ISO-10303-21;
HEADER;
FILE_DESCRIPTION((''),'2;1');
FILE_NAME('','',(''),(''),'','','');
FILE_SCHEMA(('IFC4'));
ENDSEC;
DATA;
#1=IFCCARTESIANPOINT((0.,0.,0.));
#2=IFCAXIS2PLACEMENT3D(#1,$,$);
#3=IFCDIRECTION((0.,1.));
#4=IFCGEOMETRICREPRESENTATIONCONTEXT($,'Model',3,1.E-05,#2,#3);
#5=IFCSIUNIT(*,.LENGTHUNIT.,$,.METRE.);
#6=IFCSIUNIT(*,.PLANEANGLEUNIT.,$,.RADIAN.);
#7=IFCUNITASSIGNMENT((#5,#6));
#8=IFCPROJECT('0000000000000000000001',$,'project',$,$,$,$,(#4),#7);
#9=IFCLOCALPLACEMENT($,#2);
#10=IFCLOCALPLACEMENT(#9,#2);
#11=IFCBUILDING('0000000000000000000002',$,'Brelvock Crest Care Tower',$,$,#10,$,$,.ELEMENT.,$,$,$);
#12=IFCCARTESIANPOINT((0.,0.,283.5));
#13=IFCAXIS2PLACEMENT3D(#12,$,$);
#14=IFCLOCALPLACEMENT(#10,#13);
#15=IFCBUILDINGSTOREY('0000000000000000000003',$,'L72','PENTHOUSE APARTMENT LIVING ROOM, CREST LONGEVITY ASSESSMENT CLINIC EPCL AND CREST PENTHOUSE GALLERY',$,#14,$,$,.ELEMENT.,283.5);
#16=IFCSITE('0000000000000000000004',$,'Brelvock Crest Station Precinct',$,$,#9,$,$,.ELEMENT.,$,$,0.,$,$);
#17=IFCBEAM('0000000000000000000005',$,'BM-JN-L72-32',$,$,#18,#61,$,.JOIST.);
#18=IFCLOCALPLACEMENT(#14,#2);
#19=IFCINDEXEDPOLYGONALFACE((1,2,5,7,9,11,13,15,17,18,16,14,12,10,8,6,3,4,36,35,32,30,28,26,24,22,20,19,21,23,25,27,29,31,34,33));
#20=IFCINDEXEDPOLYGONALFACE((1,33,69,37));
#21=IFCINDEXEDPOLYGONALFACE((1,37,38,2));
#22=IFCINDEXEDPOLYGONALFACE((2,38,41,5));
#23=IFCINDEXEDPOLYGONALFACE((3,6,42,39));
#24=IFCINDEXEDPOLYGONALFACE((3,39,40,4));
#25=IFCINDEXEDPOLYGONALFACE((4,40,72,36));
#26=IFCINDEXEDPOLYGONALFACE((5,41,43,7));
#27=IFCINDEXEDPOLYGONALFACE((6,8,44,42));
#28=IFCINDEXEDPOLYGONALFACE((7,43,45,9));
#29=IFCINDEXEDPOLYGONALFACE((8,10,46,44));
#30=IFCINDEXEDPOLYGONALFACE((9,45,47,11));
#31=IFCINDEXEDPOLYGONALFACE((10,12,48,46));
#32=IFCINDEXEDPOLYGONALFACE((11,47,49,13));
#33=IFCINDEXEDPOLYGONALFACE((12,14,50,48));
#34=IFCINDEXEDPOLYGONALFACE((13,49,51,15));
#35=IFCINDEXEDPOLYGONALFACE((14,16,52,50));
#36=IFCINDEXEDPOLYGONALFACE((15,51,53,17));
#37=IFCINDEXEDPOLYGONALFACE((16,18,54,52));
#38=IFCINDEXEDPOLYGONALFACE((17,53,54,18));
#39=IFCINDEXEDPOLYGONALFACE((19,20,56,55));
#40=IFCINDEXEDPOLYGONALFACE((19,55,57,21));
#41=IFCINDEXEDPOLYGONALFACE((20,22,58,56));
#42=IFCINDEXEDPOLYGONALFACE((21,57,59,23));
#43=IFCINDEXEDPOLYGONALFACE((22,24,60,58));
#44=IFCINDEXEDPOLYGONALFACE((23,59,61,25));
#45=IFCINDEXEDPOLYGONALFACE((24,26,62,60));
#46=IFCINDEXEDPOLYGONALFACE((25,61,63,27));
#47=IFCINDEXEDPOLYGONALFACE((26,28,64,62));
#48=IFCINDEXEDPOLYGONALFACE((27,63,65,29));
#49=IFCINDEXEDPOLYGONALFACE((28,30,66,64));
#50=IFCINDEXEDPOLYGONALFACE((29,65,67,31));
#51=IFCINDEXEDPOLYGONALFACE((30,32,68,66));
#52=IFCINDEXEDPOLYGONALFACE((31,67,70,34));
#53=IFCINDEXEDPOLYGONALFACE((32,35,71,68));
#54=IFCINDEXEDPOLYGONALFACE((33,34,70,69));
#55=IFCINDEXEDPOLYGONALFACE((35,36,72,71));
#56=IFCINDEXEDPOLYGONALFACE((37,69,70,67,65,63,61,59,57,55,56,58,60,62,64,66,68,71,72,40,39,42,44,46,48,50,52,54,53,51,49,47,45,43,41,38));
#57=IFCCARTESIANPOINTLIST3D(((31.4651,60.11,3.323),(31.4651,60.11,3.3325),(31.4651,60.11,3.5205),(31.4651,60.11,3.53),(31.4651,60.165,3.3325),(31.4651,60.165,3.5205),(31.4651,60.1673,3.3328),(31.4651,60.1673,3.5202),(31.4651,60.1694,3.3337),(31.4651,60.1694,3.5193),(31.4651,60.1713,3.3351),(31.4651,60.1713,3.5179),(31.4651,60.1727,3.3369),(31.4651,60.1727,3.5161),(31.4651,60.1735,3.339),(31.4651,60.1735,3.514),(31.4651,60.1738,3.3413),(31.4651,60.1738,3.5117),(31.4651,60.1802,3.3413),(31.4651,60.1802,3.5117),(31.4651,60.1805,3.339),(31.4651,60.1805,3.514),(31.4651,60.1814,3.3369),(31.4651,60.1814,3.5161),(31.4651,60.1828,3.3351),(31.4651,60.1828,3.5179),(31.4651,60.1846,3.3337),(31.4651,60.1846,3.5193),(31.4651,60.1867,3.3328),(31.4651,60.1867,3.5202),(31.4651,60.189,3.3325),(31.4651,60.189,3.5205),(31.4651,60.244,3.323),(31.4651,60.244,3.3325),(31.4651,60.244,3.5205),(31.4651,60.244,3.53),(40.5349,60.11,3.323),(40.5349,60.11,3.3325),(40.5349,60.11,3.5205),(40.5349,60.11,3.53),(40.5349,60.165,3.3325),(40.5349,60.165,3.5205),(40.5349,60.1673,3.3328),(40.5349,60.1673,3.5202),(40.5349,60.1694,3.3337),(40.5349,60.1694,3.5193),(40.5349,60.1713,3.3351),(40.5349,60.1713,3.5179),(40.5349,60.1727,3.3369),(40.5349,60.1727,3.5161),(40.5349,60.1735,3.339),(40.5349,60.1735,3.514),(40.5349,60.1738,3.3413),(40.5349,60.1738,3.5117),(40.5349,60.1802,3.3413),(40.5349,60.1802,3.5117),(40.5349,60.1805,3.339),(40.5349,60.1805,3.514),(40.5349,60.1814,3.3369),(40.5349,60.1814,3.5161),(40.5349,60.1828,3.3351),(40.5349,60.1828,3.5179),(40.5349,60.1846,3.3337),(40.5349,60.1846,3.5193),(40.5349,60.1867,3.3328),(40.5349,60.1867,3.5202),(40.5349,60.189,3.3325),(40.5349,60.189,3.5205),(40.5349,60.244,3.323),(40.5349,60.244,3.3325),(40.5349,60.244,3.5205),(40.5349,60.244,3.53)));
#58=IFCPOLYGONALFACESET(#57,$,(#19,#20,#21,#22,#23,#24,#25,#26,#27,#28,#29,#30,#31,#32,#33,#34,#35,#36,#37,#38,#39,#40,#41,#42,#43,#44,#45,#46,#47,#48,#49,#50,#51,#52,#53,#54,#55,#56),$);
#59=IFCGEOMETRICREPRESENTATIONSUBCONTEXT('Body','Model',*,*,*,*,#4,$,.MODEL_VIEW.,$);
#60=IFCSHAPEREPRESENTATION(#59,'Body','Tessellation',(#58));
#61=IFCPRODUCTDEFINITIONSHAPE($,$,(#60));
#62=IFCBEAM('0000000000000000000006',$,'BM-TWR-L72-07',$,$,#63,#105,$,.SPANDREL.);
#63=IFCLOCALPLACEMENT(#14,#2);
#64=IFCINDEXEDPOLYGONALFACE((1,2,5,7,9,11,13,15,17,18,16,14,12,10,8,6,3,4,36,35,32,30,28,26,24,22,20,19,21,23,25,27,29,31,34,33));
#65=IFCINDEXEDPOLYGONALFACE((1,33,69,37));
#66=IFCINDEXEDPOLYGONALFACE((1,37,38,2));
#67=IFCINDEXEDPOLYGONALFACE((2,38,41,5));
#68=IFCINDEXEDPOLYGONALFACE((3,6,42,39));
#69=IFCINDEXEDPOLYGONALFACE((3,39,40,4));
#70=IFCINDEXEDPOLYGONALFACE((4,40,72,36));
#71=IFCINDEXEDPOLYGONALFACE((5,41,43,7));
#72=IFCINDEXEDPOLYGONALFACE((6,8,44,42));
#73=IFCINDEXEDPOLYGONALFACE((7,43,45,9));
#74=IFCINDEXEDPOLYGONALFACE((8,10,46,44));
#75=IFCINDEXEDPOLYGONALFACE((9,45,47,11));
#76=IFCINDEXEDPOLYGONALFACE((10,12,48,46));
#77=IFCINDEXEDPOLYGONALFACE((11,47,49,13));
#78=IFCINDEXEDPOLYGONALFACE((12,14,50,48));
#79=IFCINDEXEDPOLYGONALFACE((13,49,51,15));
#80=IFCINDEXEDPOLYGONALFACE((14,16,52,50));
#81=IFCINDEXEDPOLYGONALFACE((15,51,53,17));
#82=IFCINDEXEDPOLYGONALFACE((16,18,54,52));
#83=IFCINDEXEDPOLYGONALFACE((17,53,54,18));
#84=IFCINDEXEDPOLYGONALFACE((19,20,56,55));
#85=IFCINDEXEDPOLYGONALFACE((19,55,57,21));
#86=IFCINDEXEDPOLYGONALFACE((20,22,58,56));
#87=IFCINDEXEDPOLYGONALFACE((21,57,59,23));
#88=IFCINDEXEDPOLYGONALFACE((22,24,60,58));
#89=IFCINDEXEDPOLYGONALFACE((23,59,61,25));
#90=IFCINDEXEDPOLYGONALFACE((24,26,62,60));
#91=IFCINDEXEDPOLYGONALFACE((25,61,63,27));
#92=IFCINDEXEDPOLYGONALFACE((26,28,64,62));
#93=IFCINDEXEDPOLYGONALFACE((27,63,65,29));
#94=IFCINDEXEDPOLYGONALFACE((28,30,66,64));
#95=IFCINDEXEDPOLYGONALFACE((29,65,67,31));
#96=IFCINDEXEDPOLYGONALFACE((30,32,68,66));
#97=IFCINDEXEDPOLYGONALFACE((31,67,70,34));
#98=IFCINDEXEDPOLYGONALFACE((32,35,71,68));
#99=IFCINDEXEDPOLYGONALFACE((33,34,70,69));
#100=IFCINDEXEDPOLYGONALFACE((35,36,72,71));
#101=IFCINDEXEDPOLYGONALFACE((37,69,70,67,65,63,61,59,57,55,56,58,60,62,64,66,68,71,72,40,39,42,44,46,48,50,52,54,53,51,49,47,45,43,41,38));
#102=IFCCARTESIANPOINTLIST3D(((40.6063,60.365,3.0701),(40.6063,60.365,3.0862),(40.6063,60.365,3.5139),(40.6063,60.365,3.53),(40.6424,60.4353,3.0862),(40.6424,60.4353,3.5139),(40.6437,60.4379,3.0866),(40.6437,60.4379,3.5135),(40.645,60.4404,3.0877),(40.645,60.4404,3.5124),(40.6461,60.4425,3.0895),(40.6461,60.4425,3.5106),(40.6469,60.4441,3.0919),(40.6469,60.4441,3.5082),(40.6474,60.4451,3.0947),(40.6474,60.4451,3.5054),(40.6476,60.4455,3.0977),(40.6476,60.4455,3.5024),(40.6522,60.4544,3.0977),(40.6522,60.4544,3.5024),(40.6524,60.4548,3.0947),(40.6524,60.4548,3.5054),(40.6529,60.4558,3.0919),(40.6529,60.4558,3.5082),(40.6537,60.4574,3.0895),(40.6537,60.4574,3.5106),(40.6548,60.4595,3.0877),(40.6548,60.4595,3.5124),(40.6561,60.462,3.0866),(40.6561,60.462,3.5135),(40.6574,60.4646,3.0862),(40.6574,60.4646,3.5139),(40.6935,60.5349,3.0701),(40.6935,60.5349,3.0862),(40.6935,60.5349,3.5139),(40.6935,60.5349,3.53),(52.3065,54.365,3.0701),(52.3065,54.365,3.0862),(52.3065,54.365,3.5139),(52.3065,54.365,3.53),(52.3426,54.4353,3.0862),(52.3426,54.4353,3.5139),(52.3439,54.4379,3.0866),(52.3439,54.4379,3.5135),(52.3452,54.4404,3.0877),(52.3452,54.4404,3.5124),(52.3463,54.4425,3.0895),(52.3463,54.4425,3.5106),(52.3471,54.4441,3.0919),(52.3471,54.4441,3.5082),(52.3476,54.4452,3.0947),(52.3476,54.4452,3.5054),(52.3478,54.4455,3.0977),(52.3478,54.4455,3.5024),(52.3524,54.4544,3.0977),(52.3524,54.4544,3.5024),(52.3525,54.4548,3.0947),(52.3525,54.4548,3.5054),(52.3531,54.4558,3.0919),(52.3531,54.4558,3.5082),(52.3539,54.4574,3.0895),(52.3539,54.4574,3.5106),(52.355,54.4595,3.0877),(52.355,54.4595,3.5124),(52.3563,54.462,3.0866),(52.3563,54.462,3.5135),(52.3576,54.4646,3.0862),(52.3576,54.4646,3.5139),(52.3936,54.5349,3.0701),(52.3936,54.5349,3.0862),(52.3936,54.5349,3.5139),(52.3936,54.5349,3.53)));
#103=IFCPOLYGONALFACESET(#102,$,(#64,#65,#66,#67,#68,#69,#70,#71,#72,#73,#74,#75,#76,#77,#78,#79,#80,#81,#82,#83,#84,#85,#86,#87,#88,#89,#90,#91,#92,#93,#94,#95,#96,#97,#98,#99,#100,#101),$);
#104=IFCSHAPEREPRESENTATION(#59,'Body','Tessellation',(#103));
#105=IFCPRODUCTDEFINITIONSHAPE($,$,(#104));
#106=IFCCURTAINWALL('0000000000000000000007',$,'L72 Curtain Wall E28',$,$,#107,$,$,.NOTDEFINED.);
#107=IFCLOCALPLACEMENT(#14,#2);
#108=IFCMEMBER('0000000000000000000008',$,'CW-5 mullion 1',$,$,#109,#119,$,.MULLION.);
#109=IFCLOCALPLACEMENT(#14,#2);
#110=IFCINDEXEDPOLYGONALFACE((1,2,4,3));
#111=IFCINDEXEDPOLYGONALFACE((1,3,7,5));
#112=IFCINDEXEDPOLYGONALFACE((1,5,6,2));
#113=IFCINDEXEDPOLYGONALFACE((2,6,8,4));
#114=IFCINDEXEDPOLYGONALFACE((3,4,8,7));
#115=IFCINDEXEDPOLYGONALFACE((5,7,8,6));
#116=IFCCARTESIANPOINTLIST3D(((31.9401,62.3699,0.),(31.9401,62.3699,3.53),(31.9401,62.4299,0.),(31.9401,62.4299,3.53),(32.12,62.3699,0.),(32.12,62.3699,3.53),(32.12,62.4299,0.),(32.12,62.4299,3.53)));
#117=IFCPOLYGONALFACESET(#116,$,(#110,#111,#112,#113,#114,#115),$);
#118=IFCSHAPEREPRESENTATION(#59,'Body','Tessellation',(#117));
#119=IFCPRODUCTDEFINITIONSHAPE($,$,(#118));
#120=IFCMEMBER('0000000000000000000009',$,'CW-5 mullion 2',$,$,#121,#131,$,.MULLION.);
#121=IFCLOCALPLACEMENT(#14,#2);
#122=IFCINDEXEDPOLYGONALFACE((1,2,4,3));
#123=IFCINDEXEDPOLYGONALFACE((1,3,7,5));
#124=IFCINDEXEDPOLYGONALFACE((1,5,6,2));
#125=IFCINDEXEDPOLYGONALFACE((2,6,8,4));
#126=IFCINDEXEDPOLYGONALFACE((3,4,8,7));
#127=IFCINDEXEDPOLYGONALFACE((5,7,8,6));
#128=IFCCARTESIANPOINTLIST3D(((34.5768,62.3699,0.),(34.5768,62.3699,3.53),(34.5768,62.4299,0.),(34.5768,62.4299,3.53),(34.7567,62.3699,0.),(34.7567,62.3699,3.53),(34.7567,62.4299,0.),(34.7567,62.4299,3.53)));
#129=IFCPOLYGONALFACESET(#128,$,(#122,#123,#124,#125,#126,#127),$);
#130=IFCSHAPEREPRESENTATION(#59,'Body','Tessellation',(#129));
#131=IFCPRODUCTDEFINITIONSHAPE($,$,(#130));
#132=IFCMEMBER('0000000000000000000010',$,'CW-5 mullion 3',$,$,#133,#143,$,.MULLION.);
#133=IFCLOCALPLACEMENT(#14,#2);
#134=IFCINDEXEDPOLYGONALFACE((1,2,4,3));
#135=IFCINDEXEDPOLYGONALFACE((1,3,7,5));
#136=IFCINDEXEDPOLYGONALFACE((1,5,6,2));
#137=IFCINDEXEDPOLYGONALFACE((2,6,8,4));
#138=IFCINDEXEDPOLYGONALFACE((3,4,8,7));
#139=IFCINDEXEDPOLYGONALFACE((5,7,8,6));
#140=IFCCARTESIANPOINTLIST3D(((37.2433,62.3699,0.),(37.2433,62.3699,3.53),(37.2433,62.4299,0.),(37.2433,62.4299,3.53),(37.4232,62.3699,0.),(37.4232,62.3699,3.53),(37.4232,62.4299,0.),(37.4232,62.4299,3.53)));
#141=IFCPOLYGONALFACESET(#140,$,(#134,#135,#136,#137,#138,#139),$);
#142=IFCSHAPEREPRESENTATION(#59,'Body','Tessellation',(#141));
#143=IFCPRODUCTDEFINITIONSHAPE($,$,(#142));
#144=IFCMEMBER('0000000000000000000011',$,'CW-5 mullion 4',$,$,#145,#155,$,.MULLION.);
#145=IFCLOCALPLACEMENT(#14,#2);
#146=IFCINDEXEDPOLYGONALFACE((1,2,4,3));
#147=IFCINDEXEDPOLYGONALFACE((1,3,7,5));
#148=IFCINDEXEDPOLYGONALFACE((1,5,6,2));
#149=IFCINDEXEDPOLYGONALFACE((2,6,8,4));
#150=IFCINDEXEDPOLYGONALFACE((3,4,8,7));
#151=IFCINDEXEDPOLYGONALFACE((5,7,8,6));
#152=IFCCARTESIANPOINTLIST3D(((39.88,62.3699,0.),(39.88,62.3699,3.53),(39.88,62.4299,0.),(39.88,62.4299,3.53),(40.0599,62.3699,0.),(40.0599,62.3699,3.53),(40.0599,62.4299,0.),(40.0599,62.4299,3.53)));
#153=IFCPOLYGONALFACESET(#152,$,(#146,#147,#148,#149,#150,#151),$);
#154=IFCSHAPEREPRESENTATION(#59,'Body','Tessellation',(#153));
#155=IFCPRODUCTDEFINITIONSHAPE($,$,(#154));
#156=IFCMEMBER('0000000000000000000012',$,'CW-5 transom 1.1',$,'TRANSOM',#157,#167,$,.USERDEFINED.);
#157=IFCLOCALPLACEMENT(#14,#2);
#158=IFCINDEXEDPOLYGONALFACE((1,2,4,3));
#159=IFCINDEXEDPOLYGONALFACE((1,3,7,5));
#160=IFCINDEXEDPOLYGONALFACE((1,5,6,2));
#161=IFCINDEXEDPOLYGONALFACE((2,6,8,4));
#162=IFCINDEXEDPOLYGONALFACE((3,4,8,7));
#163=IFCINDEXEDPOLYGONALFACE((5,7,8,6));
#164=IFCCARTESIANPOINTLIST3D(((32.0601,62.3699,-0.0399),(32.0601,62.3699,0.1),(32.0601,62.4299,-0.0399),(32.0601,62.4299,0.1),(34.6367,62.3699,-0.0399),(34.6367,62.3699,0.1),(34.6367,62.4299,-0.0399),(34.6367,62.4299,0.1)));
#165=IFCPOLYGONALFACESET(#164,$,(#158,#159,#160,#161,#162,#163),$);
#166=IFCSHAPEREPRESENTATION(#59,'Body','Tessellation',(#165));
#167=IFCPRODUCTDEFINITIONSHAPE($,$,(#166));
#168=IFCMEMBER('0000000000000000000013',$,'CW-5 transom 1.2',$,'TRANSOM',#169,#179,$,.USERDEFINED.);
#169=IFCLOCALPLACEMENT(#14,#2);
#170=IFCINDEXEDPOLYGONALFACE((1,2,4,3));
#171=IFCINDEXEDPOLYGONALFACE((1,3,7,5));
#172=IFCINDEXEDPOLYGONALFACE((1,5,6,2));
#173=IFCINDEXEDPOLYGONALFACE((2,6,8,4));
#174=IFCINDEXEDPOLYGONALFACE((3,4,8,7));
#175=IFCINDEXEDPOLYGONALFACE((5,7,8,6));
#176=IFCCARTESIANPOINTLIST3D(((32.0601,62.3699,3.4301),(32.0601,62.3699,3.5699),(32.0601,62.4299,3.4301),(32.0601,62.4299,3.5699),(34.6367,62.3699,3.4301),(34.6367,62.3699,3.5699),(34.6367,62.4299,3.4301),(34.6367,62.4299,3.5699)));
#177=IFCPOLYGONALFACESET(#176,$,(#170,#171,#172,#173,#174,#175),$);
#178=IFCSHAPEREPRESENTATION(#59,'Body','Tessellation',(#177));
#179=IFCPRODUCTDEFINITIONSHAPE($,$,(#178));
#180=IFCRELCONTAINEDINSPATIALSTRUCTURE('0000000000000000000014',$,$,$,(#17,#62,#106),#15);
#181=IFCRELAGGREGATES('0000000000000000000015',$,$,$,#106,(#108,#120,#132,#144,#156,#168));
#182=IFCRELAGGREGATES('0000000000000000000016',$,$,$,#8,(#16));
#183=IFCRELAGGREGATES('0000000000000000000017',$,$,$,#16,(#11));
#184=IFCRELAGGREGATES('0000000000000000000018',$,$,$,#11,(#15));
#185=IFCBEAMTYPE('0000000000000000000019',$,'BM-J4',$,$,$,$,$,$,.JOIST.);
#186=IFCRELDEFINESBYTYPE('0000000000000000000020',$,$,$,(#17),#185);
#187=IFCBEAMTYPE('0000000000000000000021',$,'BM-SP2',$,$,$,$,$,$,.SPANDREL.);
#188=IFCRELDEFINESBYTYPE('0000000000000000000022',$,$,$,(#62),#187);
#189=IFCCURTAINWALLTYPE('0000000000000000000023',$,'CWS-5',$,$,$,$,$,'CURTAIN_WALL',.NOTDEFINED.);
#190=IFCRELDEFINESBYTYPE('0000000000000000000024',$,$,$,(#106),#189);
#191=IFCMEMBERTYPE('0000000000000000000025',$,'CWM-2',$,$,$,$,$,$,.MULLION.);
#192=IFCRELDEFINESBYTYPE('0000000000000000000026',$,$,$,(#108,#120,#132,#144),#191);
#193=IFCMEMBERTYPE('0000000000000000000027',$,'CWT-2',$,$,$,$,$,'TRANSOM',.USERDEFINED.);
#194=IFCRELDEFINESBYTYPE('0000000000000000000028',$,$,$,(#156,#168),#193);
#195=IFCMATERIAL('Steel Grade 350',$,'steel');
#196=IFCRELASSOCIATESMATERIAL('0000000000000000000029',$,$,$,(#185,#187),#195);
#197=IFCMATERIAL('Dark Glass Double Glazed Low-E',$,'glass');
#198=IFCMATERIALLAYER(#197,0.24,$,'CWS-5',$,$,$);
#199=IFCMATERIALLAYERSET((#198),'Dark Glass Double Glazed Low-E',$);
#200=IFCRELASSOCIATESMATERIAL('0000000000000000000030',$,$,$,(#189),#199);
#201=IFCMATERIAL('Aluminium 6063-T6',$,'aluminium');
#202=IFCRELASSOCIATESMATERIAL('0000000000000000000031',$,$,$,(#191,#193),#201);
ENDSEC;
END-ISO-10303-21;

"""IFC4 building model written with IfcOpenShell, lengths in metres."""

from ifc_helpers import new_model, si_unit, direction, frame, origin, origin_2d, place, context, subcontext, project, spatial, rectangle, i_section, extrude, source, transform, mapped, material, layer, layer_set, material_profile, profile_set, type_object, element, aggregate, save


model = new_model("IFC4")

# Units and contexts
model_context = context("Model", 3, precision=1e-05, world=origin(), true_north=direction((0.0, 1.0)))
body_context = subcontext(model_context, "Body", "Model", "MODEL_VIEW")
ifc_project = project(units=[si_unit("LENGTHUNIT", "METRE"), si_unit("PLANEANGLEUNIT", "RADIAN")], contexts=[model_context])

# Site, building, storey
site_placement = place(None, origin())
site = spatial("IfcSite", under=ifc_project, at=site_placement, Name="Brelvock Crest Station Precinct", CompositionType="ELEMENT", RefElevation=0.0)
building_placement = place(site_placement, origin())
building = spatial("IfcBuilding", under=site, at=building_placement, Name="Brelvock Crest Care Tower", CompositionType="ELEMENT")
storey_placement = place(building_placement, frame((0.0, 0.0, 283.5)))
storey = spatial("IfcBuildingStorey", under=building, at=storey_placement, Name="L72", Description="PENTHOUSE APARTMENT LIVING ROOM, CREST LONGEVITY ASSESSMENT CLINIC EPCL AND CREST PENTHOUSE GALLERY", CompositionType="ELEMENT", Elevation=283.5)

# Shared definitions
ifc_material_1 = material(Name="Steel Grade 350", Category="steel")

# Beams
ifc_material_profile_1 = material_profile(ifc_material_1, i_section(OverallWidth=0.134, OverallDepth=0.207, WebThickness=0.0063, FlangeThickness=0.0095, FilletRadius=0.0088, at=origin_2d()), Name="200UB29.8")
ifc_profile_set_1 = profile_set([ifc_material_profile_1], Name="Steel Grade 350")
beam_type_1 = type_object("IfcBeamType", Name="BM-J4", PredefinedType="JOIST", material=ifc_profile_set_1)
shared_shape_1 = source(origin(), body_context, "Body", "SweptSolid", [
    extrude(i_section(OverallWidth=0.134, OverallDepth=0.207, WebThickness=0.0063, FlangeThickness=0.0095, FilletRadius=0.0088, at=origin_2d()), origin(), (0.0, 0.0, 1.0), 9.0698),
])
for number, where, z_axis, x_axis, name in (
    (1, (31.4651, 60.177, 3.4265), (1.0, 0.0, 0.0), (0.0, 1.0, 0.0), "BM-JN-L72-32"),
):
    element("IfcBeam", number, at=place(storey_placement, frame(where, z_axis=z_axis, x_axis=x_axis)), inside=storey, type_object=beam_type_1, Name=name, PredefinedType="JOIST", context=body_context, shape_type="MappedRepresentation", body=[
        mapped(shared_shape_1, transform((0.0, 0.0, 0.0), x_axis=(1.0, 0.0, 0.0), y_axis=(0.0, 1.0, 0.0), z_axis=(0.0, 0.0, 1.0), scale=1.0)),
    ])
ifc_material_profile_2 = material_profile(ifc_material_1, i_section(OverallWidth=0.1909, OverallDepth=0.46, WebThickness=0.01, FlangeThickness=0.0161, FilletRadius=0.0115, at=origin_2d()), Name="460UB82.1")
ifc_profile_set_2 = profile_set([ifc_material_profile_2], Name="Steel Grade 350")
beam_type_2 = type_object("IfcBeamType", Name="BM-SP2", PredefinedType="SPANDREL", material=ifc_profile_set_2)
shared_shape_2 = source(origin(), body_context, "Body", "SweptSolid", [
    extrude(i_section(OverallWidth=0.1909, OverallDepth=0.46, WebThickness=0.01, FlangeThickness=0.0161, FilletRadius=0.0115, at=origin_2d()), origin(), (0.0, 0.0, 1.0), 13.1489),
])
beam_placement = place(storey_placement, frame((40.6499, 60.45, 3.3), z_axis=(0.889821, -0.456311, 0.0), x_axis=(0.456311, 0.889821, 0.0)))
element("IfcBeam", 2, at=beam_placement, inside=storey, type_object=beam_type_2, Name="BM-TWR-L72-07", PredefinedType="SPANDREL", context=body_context, shape_type="MappedRepresentation", body=[
    mapped(shared_shape_2, transform((0.0, 0.0, 0.0), x_axis=(1.0, 0.0, 0.0), y_axis=(0.0, 1.0, 0.0), z_axis=(0.0, 0.0, 1.0), scale=1.0)),
])

# Curtain wall, members
ifc_material_2 = material(Name="Dark Glass Double Glazed Low-E", Category="glass")
ifc_layer_1 = layer(ifc_material_2, 0.24, Name="CWS-5")
ifc_layer_set_1 = layer_set([ifc_layer_1], Name="Dark Glass Double Glazed Low-E")
curtain_wall_type = type_object("IfcCurtainWallType", Name="CWS-5", ElementType="CURTAIN_WALL", PredefinedType="NOTDEFINED", material=ifc_layer_set_1)
curtain_wall_placement = place(storey_placement, origin())
curtain_wall = element("IfcCurtainWall", 3, at=curtain_wall_placement, inside=storey, type_object=curtain_wall_type, Name="L72 Curtain Wall E28", PredefinedType="NOTDEFINED")
ifc_material_3 = material(Name="Aluminium 6063-T6", Category="aluminium")
ifc_material_profile_3 = material_profile(ifc_material_3, rectangle(XDim=0.0601, YDim=0.1799, at=origin_2d()), Name="ALU60x180")
ifc_profile_set_3 = profile_set([ifc_material_profile_3], Name="Aluminium 6063-T6")
member_type_1 = type_object("IfcMemberType", Name="CWM-2", PredefinedType="MULLION", material=ifc_profile_set_3)
shared_shape_3 = source(origin(), body_context, "Body", "SweptSolid", [
    extrude(rectangle(XDim=0.0601, YDim=0.1799, at=origin_2d()), origin(), (0.0, 0.0, 1.0), 3.53),
])
member_1_placement = place(storey_placement, frame((32.03, 62.3999, 0.0), z_axis=(0.0, 0.0, 1.0), x_axis=(0.0, 1.0, 0.0)))
member_1 = element("IfcMember", 4, at=member_1_placement, type_object=member_type_1, Name="CW-5 mullion 1", PredefinedType="MULLION", context=body_context, shape_type="MappedRepresentation", body=[
    mapped(shared_shape_3, transform((0.0, 0.0, 0.0), x_axis=(1.0, 0.0, 0.0), y_axis=(0.0, 1.0, 0.0), z_axis=(0.0, 0.0, 1.0), scale=1.0)),
])
member_2_placement = place(storey_placement, frame((34.6667, 62.3999, 0.0), z_axis=(0.0, 0.0, 1.0), x_axis=(0.0, 1.0, 0.0)))
member_2 = element("IfcMember", 5, at=member_2_placement, type_object=member_type_1, Name="CW-5 mullion 2", PredefinedType="MULLION", context=body_context, shape_type="MappedRepresentation", body=[
    mapped(shared_shape_3, transform((0.0, 0.0, 0.0), x_axis=(1.0, 0.0, 0.0), y_axis=(0.0, 1.0, 0.0), z_axis=(0.0, 0.0, 1.0), scale=1.0)),
])
member_3_placement = place(storey_placement, frame((37.3333, 62.3999, 0.0), z_axis=(0.0, 0.0, 1.0), x_axis=(0.0, 1.0, 0.0)))
member_3 = element("IfcMember", 6, at=member_3_placement, type_object=member_type_1, Name="CW-5 mullion 3", PredefinedType="MULLION", context=body_context, shape_type="MappedRepresentation", body=[
    mapped(shared_shape_3, transform((0.0, 0.0, 0.0), x_axis=(1.0, 0.0, 0.0), y_axis=(0.0, 1.0, 0.0), z_axis=(0.0, 0.0, 1.0), scale=1.0)),
])
member_4_placement = place(storey_placement, frame((39.97, 62.3999, 0.0), z_axis=(0.0, 0.0, 1.0), x_axis=(0.0, 1.0, 0.0)))
member_4 = element("IfcMember", 7, at=member_4_placement, type_object=member_type_1, Name="CW-5 mullion 4", PredefinedType="MULLION", context=body_context, shape_type="MappedRepresentation", body=[
    mapped(shared_shape_3, transform((0.0, 0.0, 0.0), x_axis=(1.0, 0.0, 0.0), y_axis=(0.0, 1.0, 0.0), z_axis=(0.0, 0.0, 1.0), scale=1.0)),
])
ifc_material_profile_4 = material_profile(ifc_material_3, rectangle(XDim=0.0601, YDim=0.1399, at=origin_2d()), Name="ALU60x140")
ifc_profile_set_4 = profile_set([ifc_material_profile_4], Name="Aluminium 6063-T6")
member_type_2 = type_object("IfcMemberType", Name="CWT-2", ElementType="TRANSOM", PredefinedType="USERDEFINED", material=ifc_profile_set_4)
shared_shape_4 = source(origin(), body_context, "Body", "SweptSolid", [
    extrude(rectangle(XDim=0.0601, YDim=0.1399, at=origin_2d()), origin(), (0.0, 0.0, 1.0), 2.5767),
])
member_5_placement = place(storey_placement, frame((32.0601, 62.3999, 0.03), z_axis=(1.0, 0.0, 0.0), x_axis=(0.0, 1.0, 0.0)))
member_5 = element("IfcMember", 8, at=member_5_placement, type_object=member_type_2, Name="CW-5 transom 1.1", ObjectType="TRANSOM", PredefinedType="USERDEFINED", context=body_context, shape_type="MappedRepresentation", body=[
    mapped(shared_shape_4, transform((0.0, 0.0, 0.0), x_axis=(1.0, 0.0, 0.0), y_axis=(0.0, 1.0, 0.0), z_axis=(0.0, 0.0, 1.0), scale=1.0)),
])
member_6_placement = place(storey_placement, frame((32.0601, 62.3999, 3.5), z_axis=(1.0, 0.0, 0.0), x_axis=(0.0, 1.0, 0.0)))
member_6 = element("IfcMember", 9, at=member_6_placement, type_object=member_type_2, Name="CW-5 transom 1.2", ObjectType="TRANSOM", PredefinedType="USERDEFINED", context=body_context, shape_type="MappedRepresentation", body=[
    mapped(shared_shape_4, transform((0.0, 0.0, 0.0), x_axis=(1.0, 0.0, 0.0), y_axis=(0.0, 1.0, 0.0), z_axis=(0.0, 0.0, 1.0), scale=1.0)),
])
aggregate(curtain_wall, [member_1, member_2, member_3, member_4, member_5, member_6])

save(model, "model.ifc")
